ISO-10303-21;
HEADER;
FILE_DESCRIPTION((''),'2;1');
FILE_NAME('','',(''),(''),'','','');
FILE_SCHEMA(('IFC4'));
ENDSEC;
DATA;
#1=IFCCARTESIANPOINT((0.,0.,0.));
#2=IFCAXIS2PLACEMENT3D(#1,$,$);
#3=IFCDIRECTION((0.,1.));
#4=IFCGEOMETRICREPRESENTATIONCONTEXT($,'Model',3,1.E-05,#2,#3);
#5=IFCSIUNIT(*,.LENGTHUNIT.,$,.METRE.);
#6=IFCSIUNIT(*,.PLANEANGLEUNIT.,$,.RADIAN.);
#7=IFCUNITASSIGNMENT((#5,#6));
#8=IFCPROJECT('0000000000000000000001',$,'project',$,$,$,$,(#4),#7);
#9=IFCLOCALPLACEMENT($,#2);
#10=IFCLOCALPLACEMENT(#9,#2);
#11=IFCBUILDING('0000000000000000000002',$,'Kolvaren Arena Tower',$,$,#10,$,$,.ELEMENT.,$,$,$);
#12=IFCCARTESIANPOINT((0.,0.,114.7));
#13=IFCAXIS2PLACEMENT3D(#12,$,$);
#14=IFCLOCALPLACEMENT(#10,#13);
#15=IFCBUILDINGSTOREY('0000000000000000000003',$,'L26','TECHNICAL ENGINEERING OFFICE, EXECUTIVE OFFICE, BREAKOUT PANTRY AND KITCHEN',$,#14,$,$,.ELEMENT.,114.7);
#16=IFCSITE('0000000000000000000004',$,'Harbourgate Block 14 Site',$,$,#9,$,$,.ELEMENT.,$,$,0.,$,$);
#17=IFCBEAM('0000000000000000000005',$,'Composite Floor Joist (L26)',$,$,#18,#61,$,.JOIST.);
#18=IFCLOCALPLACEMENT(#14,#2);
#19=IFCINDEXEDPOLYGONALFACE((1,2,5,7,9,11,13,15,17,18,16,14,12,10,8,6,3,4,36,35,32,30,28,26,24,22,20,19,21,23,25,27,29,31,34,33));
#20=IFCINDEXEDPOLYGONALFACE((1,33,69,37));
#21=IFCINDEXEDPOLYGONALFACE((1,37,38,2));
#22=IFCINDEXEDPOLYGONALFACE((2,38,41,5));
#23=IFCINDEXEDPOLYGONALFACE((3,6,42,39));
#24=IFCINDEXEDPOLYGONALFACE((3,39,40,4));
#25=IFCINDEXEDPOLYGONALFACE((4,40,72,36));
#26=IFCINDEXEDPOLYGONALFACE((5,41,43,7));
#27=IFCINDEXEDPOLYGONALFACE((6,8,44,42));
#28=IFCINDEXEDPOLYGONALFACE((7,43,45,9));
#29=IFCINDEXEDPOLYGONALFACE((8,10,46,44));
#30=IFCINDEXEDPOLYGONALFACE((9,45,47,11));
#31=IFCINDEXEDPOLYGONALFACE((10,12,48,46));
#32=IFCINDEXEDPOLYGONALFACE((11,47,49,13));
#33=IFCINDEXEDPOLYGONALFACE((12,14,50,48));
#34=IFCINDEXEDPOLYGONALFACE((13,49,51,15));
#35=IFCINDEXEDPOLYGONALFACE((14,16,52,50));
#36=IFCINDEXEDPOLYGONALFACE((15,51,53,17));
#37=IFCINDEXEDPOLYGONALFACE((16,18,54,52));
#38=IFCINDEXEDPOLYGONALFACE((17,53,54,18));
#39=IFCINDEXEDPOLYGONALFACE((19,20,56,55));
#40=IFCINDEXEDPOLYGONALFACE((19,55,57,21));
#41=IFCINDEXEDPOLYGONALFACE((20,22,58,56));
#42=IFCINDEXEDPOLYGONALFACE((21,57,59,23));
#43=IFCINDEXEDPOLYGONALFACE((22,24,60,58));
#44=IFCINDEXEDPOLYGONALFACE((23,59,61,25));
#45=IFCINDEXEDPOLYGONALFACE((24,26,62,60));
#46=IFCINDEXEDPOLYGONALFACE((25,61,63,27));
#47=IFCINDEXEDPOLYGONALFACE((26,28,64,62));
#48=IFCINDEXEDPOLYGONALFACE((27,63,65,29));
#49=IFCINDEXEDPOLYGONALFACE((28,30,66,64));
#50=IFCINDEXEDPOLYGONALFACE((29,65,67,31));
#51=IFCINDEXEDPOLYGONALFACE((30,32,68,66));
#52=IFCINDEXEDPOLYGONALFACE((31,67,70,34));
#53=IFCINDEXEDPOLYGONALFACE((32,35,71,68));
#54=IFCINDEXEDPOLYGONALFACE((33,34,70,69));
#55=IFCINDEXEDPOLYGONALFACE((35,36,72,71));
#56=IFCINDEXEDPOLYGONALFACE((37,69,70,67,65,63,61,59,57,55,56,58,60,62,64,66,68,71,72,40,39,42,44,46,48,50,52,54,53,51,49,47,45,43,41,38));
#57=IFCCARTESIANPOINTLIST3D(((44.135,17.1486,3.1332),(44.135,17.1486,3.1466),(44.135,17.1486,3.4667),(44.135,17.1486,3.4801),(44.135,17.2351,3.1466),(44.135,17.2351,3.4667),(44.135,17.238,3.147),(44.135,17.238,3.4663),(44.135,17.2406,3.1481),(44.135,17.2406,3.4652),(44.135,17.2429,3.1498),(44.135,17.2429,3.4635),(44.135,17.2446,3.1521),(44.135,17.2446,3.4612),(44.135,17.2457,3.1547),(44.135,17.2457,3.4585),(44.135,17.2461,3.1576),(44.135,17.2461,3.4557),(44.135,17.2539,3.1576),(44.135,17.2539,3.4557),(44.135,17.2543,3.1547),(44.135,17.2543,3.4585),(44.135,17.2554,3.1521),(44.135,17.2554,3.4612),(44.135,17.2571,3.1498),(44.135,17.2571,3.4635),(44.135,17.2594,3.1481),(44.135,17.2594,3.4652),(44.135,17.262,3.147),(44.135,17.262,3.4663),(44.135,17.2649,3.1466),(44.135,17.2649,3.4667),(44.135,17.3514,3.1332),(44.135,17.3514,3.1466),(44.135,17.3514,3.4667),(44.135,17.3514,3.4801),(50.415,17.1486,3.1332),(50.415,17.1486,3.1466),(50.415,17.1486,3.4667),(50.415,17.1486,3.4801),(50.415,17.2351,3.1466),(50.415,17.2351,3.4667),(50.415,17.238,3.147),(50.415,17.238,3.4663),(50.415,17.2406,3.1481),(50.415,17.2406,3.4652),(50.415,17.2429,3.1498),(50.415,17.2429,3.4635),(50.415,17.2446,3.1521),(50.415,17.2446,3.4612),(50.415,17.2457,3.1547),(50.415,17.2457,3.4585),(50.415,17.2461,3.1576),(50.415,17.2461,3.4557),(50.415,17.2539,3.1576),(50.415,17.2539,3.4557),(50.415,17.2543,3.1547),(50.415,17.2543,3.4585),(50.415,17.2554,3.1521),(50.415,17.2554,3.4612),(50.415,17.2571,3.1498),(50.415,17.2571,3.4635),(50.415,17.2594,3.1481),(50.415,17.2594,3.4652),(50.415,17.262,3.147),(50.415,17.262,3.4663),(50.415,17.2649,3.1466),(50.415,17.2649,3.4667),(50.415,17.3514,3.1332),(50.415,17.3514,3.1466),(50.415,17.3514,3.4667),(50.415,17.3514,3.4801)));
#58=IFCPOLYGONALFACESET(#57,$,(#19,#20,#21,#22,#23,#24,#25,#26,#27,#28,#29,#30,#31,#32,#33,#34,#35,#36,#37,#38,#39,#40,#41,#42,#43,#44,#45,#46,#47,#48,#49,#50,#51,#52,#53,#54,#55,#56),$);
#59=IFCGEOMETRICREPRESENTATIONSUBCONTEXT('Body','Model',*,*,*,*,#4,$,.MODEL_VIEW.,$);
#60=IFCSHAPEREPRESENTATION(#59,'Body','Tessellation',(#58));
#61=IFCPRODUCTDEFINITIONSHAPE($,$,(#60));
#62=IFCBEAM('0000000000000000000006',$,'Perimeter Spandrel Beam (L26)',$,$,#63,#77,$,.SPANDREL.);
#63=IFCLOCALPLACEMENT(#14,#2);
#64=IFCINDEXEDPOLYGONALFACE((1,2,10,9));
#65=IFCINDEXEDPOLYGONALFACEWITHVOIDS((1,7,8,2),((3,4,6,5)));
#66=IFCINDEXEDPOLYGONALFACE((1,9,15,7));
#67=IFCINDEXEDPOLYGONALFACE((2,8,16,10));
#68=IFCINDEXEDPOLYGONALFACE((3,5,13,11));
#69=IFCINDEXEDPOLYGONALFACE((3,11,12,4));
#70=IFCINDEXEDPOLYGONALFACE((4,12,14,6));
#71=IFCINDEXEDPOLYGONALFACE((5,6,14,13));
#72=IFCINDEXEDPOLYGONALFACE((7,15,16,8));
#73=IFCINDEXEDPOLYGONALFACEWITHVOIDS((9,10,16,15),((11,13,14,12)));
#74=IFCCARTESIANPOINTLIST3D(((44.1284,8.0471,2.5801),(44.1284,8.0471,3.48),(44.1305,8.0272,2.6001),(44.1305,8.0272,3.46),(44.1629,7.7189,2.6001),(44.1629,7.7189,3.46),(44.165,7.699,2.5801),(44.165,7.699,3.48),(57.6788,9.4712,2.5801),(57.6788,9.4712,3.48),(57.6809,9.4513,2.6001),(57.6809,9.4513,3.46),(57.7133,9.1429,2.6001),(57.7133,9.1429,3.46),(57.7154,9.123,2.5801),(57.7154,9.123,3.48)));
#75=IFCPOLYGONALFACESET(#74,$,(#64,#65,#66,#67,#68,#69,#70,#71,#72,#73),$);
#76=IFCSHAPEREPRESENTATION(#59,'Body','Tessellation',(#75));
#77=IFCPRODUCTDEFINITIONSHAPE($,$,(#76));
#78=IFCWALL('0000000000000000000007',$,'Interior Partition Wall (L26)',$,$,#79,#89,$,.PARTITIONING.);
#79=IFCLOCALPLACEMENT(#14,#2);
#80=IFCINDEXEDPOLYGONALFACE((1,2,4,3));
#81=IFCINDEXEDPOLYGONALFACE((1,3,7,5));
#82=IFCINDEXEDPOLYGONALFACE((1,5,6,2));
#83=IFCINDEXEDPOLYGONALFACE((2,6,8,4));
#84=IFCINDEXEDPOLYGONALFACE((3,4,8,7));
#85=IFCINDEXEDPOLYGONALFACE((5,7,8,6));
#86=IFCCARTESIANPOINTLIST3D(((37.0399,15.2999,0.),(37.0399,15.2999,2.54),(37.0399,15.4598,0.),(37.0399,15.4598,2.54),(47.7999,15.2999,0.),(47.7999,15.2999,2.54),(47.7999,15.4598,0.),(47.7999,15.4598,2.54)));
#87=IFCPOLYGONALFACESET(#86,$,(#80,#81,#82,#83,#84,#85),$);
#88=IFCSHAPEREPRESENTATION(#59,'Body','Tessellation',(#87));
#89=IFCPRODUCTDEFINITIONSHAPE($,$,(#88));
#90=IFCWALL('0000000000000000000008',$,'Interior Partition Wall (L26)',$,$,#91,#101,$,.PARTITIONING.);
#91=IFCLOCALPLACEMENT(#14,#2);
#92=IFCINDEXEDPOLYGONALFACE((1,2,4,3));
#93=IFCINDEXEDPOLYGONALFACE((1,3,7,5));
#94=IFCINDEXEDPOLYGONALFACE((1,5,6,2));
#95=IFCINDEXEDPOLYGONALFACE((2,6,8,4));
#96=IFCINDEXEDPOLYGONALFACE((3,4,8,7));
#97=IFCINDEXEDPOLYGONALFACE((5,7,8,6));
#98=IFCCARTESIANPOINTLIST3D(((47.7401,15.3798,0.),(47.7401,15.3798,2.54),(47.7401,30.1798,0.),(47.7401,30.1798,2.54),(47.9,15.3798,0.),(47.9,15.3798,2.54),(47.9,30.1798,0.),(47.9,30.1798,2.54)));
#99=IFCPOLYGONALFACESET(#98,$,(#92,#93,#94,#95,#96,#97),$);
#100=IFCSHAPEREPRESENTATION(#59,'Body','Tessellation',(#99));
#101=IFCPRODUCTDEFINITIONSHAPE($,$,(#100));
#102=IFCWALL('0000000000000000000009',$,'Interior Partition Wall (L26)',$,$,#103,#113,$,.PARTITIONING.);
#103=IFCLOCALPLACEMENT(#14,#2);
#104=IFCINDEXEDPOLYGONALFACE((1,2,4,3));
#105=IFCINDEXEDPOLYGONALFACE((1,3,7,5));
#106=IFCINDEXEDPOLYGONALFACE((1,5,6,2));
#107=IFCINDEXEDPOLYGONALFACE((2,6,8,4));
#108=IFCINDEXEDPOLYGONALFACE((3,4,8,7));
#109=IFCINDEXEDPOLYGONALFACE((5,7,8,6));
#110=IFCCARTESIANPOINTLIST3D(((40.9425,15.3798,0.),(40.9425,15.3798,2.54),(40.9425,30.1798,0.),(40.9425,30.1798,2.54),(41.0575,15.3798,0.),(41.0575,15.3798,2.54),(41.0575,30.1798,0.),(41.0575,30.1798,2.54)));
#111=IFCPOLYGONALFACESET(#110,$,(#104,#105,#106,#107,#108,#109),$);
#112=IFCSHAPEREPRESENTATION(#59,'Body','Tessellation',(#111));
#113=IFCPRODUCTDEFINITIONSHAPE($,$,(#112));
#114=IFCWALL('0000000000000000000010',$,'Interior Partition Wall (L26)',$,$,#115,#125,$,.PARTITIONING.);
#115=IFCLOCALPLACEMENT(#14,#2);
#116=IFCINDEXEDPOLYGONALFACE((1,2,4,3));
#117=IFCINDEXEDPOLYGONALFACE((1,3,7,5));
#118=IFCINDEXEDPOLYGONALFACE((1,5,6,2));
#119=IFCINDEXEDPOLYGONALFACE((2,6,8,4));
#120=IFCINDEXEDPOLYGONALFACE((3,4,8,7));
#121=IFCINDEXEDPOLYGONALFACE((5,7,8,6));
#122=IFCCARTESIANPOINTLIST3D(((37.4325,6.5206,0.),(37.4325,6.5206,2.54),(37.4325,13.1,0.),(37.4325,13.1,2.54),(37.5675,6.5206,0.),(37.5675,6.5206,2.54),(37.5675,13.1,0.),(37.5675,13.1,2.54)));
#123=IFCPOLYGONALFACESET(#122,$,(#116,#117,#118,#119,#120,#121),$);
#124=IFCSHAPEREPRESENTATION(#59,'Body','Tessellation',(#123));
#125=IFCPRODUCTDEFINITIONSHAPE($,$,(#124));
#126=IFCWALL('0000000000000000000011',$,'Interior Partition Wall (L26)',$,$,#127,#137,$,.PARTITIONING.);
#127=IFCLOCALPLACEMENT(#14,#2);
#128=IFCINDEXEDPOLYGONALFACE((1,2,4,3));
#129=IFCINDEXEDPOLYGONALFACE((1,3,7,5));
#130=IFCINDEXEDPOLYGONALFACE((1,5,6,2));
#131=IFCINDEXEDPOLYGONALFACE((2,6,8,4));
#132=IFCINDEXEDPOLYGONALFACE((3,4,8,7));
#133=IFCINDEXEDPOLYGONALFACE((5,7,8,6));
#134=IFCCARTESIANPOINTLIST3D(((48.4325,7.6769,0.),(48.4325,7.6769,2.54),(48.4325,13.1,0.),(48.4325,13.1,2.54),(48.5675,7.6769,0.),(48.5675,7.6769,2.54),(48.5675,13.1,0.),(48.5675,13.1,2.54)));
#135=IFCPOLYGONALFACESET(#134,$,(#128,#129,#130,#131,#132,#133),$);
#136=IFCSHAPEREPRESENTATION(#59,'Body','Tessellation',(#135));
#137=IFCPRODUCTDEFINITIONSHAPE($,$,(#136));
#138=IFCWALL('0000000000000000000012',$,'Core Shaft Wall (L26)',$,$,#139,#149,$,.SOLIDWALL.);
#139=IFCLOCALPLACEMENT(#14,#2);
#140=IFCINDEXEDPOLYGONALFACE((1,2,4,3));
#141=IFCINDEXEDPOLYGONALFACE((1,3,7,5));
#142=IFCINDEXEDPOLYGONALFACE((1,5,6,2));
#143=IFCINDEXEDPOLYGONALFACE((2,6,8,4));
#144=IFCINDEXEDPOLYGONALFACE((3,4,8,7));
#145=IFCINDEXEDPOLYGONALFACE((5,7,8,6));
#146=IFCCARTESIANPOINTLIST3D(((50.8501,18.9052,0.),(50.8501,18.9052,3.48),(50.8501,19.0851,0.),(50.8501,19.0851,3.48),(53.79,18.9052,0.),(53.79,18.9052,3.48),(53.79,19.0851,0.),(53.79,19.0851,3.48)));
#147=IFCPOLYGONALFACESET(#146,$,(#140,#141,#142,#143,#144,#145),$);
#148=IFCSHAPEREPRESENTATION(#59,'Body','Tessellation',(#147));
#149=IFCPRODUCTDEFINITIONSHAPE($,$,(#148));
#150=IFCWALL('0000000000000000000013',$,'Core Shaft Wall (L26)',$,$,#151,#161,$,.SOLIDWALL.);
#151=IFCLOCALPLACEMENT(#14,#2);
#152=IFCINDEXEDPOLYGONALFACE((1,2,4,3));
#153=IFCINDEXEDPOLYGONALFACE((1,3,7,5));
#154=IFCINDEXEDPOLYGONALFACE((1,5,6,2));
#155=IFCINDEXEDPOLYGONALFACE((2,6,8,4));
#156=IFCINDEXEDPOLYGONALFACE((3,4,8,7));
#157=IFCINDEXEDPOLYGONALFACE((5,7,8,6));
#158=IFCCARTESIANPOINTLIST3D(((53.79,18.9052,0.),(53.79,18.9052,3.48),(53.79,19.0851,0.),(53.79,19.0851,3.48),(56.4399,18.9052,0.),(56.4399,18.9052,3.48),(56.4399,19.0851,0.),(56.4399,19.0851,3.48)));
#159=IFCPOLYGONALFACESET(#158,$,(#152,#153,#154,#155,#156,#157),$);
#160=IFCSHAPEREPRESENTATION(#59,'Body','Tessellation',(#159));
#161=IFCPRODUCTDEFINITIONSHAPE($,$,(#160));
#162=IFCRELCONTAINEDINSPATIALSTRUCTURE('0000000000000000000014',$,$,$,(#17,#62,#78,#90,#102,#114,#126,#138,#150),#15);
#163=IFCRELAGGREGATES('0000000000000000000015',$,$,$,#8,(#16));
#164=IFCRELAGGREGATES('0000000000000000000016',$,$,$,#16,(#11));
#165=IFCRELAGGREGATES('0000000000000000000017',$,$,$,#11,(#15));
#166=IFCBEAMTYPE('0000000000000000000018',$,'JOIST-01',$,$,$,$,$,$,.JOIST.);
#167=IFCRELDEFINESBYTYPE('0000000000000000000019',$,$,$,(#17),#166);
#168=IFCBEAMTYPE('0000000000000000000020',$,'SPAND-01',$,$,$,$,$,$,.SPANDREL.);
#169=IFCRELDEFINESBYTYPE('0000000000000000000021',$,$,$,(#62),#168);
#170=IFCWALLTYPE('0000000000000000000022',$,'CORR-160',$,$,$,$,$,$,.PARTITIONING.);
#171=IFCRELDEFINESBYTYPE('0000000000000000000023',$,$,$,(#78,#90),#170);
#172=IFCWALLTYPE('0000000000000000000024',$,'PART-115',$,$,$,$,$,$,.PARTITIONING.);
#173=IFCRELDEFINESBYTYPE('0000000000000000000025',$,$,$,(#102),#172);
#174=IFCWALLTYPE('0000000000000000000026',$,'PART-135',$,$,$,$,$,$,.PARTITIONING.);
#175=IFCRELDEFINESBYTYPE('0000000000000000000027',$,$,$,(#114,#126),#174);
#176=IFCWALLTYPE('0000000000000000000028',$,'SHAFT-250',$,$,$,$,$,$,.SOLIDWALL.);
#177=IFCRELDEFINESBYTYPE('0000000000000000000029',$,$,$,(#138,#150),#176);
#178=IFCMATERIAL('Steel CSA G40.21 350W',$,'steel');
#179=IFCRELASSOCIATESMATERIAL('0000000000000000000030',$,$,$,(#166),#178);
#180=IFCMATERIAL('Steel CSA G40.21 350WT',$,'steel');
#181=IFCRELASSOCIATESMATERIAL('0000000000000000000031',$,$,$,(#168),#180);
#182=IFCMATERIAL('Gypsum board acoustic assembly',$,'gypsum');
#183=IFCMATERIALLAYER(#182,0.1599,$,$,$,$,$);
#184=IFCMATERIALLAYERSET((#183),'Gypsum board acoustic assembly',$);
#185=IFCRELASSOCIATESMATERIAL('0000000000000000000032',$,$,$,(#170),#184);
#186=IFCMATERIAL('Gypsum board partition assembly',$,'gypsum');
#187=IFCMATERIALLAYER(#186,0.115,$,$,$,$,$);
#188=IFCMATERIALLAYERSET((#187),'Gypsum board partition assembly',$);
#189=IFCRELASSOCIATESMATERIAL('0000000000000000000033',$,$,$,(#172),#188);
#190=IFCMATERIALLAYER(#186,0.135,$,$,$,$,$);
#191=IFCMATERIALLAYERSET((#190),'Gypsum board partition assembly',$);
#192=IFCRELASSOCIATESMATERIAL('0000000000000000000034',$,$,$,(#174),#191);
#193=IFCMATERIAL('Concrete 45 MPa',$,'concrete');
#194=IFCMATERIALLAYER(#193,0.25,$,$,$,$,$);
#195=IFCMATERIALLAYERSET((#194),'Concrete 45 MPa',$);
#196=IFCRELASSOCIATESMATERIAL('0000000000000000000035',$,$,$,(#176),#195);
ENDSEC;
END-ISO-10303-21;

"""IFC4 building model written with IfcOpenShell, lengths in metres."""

from ifc_helpers import new_model, si_unit, direction, frame, frame_2d, origin, origin_2d, place, context, subcontext, project, spatial, rectangle, hollow_rectangle, i_section, extrude, material, layer, layer_set, material_profile, profile_set, type_object, element, save


model = new_model("IFC4")

# Units and contexts
model_context = context("Model", 3, precision=1e-05, world=origin(), true_north=direction((0.0, 1.0)))
body_context = subcontext(model_context, "Body", "Model", "MODEL_VIEW")
ifc_project = project(units=[si_unit("LENGTHUNIT", "METRE"), si_unit("PLANEANGLEUNIT", "RADIAN")], contexts=[model_context])

# Site, building, storey
site_placement = place(None, origin())
site = spatial("IfcSite", under=ifc_project, at=site_placement, Name="Harbourgate Block 14 Site", CompositionType="ELEMENT", RefElevation=0.0)
building_placement = place(site_placement, origin())
building = spatial("IfcBuilding", under=site, at=building_placement, Name="Kolvaren Arena Tower", CompositionType="ELEMENT")
storey_placement = place(building_placement, frame((0.0, 0.0, 114.7)))
storey = spatial("IfcBuildingStorey", under=building, at=storey_placement, Name="L26", Description="TECHNICAL ENGINEERING OFFICE, EXECUTIVE OFFICE, BREAKOUT PANTRY AND KITCHEN", CompositionType="ELEMENT", Elevation=114.7)

# Beams
ifc_material_1 = material(Name="Steel CSA G40.21 350W", Category="steel")
ifc_material_profile_1 = material_profile(ifc_material_1, i_section(OverallWidth=0.2029, OverallDepth=0.3469, WebThickness=0.0078, FlangeThickness=0.0134, FilletRadius=0.011, at=origin_2d()), Name="W360x64")
ifc_profile_set_1 = profile_set([ifc_material_profile_1], Name="Steel CSA G40.21 350W")
beam_type_1 = type_object("IfcBeamType", Name="JOIST-01", PredefinedType="JOIST", material=ifc_profile_set_1)
beam_1_placement = place(storey_placement, frame((44.135, 17.25, 3.3066), z_axis=(1.0, 0.0, 0.0), x_axis=(0.0, 1.0, 0.0)))
element("IfcBeam", 1, at=beam_1_placement, inside=storey, type_object=beam_type_1, Name="Composite Floor Joist (L26)", PredefinedType="JOIST", context=body_context, shape_type="SweptSolid", body=[
    extrude(i_section(OverallWidth=0.2029, OverallDepth=0.3469, WebThickness=0.0078, FlangeThickness=0.0134, FilletRadius=0.011, at=origin_2d()), origin(), (0.0, 0.0, 1.0), 6.28),
])
ifc_material_2 = material(Name="Steel CSA G40.21 350WT", Category="steel")
ifc_material_profile_2 = material_profile(ifc_material_2, hollow_rectangle(XDim=0.3501, YDim=0.8999, WallThickness=0.02, at=origin_2d()), Name="HSS 900x350x20")
ifc_profile_set_2 = profile_set([ifc_material_profile_2], Name="Steel CSA G40.21 350WT")
beam_type_2 = type_object("IfcBeamType", Name="SPAND-01", PredefinedType="SPANDREL", material=ifc_profile_set_2)
beam_2_placement = place(storey_placement, frame((44.1467, 7.873, 3.03), z_axis=(0.994523, 0.10452, 0.0), x_axis=(-0.10452, 0.994523, 0.0)))
element("IfcBeam", 2, at=beam_2_placement, inside=storey, type_object=beam_type_2, Name="Perimeter Spandrel Beam (L26)", PredefinedType="SPANDREL", context=body_context, shape_type="SweptSolid", body=[
    extrude(hollow_rectangle(XDim=0.3501, YDim=0.8999, WallThickness=0.02, at=origin_2d()), origin(), (0.0, 0.0, 1.0), 13.625),
])

# Walls
ifc_material_3 = material(Name="Gypsum board acoustic assembly", Category="gypsum")
ifc_layer_1 = layer(ifc_material_3, 0.1599)
ifc_layer_set_1 = layer_set([ifc_layer_1], Name="Gypsum board acoustic assembly")
wall_type_1 = type_object("IfcWallType", Name="CORR-160", PredefinedType="PARTITIONING", material=ifc_layer_set_1)
wall_1_placement = place(storey_placement, frame((37.04, 15.3799, 0.0), z_axis=(0.0, 0.0, 1.0), x_axis=(1.0, 0.0, 0.0)))
element("IfcWall", 3, at=wall_1_placement, inside=storey, type_object=wall_type_1, Name="Interior Partition Wall (L26)", PredefinedType="PARTITIONING", context=body_context, shape_type="SweptSolid", body=[
    extrude(rectangle(XDim=10.76, YDim=0.1599, at=frame_2d((5.3799, 0.0))), origin(), (0.0, 0.0, 1.0), 2.54),
])
wall_2_placement = place(storey_placement, frame((47.8201, 15.3799, 0.0), z_axis=(0.0, 0.0, 1.0), x_axis=(0.0, 1.0, 0.0)))
element("IfcWall", 4, at=wall_2_placement, inside=storey, type_object=wall_type_1, Name="Interior Partition Wall (L26)", PredefinedType="PARTITIONING", context=body_context, shape_type="SweptSolid", body=[
    extrude(rectangle(XDim=14.8, YDim=0.1599, at=frame_2d((7.3999, 0.0))), origin(), (0.0, 0.0, 1.0), 2.54),
])
ifc_material_4 = material(Name="Gypsum board partition assembly", Category="gypsum")
ifc_layer_2 = layer(ifc_material_4, 0.115)
ifc_layer_set_2 = layer_set([ifc_layer_2], Name="Gypsum board partition assembly")
wall_type_2 = type_object("IfcWallType", Name="PART-115", PredefinedType="PARTITIONING", material=ifc_layer_set_2)
wall_3_placement = place(storey_placement, frame((41.0, 15.3799, 0.0), z_axis=(0.0, 0.0, 1.0), x_axis=(0.0, 1.0, 0.0)))
element("IfcWall", 5, at=wall_3_placement, inside=storey, type_object=wall_type_2, Name="Interior Partition Wall (L26)", PredefinedType="PARTITIONING", context=body_context, shape_type="SweptSolid", body=[
    extrude(rectangle(XDim=14.8, YDim=0.115, at=frame_2d((7.3999, 0.0))), origin(), (0.0, 0.0, 1.0), 2.54),
])
ifc_layer_3 = layer(ifc_material_4, 0.135)
ifc_layer_set_3 = layer_set([ifc_layer_3], Name="Gypsum board partition assembly")
wall_type_3 = type_object("IfcWallType", Name="PART-135", PredefinedType="PARTITIONING", material=ifc_layer_set_3)
wall_4_placement = place(storey_placement, frame((37.5, 6.5208, 0.0), z_axis=(0.0, 0.0, 1.0), x_axis=(0.0, 1.0, 0.0)))
element("IfcWall", 6, at=wall_4_placement, inside=storey, type_object=wall_type_3, Name="Interior Partition Wall (L26)", PredefinedType="PARTITIONING", context=body_context, shape_type="SweptSolid", body=[
    extrude(rectangle(XDim=6.5793, YDim=0.135, at=frame_2d((3.2896, 0.0))), origin(), (0.0, 0.0, 1.0), 2.54),
])
wall_5_placement = place(storey_placement, frame((48.5, 7.677, 0.0), z_axis=(0.0, 0.0, 1.0), x_axis=(0.0, 1.0, 0.0)))
element("IfcWall", 7, at=wall_5_placement, inside=storey, type_object=wall_type_3, Name="Interior Partition Wall (L26)", PredefinedType="PARTITIONING", context=body_context, shape_type="SweptSolid", body=[
    extrude(rectangle(XDim=5.4231, YDim=0.135, at=frame_2d((2.7114, 0.0))), origin(), (0.0, 0.0, 1.0), 2.54),
])
ifc_material_5 = material(Name="Concrete 45 MPa", Category="concrete")
ifc_layer_4 = layer(ifc_material_5, 0.25)
ifc_layer_set_4 = layer_set([ifc_layer_4], Name="Concrete 45 MPa")
wall_type_4 = type_object("IfcWallType", Name="SHAFT-250", PredefinedType="SOLIDWALL", material=ifc_layer_set_4)
wall_6_placement = place(storey_placement, frame((50.8501, 18.9951, 0.0), z_axis=(0.0, 0.0, 1.0), x_axis=(1.0, 0.0, 0.0)))
element("IfcWall", 8, at=wall_6_placement, inside=storey, type_object=wall_type_4, Name="Core Shaft Wall (L26)", PredefinedType="SOLIDWALL", context=body_context, shape_type="SweptSolid", body=[
    extrude(rectangle(XDim=2.9399, YDim=0.1799, at=frame_2d((1.47, 0.0))), origin(), (0.0, 0.0, 1.0), 3.48),
])
wall_7_placement = place(storey_placement, frame((53.79, 18.9951, 0.0), z_axis=(0.0, 0.0, 1.0), x_axis=(1.0, 0.0, 0.0)))
element("IfcWall", 9, at=wall_7_placement, inside=storey, type_object=wall_type_4, Name="Core Shaft Wall (L26)", PredefinedType="SOLIDWALL", context=body_context, shape_type="SweptSolid", body=[
    extrude(rectangle(XDim=2.6499, YDim=0.1799, at=frame_2d((1.325, 0.0))), origin(), (0.0, 0.0, 1.0), 3.48),
])

save(model, "model.ifc")
